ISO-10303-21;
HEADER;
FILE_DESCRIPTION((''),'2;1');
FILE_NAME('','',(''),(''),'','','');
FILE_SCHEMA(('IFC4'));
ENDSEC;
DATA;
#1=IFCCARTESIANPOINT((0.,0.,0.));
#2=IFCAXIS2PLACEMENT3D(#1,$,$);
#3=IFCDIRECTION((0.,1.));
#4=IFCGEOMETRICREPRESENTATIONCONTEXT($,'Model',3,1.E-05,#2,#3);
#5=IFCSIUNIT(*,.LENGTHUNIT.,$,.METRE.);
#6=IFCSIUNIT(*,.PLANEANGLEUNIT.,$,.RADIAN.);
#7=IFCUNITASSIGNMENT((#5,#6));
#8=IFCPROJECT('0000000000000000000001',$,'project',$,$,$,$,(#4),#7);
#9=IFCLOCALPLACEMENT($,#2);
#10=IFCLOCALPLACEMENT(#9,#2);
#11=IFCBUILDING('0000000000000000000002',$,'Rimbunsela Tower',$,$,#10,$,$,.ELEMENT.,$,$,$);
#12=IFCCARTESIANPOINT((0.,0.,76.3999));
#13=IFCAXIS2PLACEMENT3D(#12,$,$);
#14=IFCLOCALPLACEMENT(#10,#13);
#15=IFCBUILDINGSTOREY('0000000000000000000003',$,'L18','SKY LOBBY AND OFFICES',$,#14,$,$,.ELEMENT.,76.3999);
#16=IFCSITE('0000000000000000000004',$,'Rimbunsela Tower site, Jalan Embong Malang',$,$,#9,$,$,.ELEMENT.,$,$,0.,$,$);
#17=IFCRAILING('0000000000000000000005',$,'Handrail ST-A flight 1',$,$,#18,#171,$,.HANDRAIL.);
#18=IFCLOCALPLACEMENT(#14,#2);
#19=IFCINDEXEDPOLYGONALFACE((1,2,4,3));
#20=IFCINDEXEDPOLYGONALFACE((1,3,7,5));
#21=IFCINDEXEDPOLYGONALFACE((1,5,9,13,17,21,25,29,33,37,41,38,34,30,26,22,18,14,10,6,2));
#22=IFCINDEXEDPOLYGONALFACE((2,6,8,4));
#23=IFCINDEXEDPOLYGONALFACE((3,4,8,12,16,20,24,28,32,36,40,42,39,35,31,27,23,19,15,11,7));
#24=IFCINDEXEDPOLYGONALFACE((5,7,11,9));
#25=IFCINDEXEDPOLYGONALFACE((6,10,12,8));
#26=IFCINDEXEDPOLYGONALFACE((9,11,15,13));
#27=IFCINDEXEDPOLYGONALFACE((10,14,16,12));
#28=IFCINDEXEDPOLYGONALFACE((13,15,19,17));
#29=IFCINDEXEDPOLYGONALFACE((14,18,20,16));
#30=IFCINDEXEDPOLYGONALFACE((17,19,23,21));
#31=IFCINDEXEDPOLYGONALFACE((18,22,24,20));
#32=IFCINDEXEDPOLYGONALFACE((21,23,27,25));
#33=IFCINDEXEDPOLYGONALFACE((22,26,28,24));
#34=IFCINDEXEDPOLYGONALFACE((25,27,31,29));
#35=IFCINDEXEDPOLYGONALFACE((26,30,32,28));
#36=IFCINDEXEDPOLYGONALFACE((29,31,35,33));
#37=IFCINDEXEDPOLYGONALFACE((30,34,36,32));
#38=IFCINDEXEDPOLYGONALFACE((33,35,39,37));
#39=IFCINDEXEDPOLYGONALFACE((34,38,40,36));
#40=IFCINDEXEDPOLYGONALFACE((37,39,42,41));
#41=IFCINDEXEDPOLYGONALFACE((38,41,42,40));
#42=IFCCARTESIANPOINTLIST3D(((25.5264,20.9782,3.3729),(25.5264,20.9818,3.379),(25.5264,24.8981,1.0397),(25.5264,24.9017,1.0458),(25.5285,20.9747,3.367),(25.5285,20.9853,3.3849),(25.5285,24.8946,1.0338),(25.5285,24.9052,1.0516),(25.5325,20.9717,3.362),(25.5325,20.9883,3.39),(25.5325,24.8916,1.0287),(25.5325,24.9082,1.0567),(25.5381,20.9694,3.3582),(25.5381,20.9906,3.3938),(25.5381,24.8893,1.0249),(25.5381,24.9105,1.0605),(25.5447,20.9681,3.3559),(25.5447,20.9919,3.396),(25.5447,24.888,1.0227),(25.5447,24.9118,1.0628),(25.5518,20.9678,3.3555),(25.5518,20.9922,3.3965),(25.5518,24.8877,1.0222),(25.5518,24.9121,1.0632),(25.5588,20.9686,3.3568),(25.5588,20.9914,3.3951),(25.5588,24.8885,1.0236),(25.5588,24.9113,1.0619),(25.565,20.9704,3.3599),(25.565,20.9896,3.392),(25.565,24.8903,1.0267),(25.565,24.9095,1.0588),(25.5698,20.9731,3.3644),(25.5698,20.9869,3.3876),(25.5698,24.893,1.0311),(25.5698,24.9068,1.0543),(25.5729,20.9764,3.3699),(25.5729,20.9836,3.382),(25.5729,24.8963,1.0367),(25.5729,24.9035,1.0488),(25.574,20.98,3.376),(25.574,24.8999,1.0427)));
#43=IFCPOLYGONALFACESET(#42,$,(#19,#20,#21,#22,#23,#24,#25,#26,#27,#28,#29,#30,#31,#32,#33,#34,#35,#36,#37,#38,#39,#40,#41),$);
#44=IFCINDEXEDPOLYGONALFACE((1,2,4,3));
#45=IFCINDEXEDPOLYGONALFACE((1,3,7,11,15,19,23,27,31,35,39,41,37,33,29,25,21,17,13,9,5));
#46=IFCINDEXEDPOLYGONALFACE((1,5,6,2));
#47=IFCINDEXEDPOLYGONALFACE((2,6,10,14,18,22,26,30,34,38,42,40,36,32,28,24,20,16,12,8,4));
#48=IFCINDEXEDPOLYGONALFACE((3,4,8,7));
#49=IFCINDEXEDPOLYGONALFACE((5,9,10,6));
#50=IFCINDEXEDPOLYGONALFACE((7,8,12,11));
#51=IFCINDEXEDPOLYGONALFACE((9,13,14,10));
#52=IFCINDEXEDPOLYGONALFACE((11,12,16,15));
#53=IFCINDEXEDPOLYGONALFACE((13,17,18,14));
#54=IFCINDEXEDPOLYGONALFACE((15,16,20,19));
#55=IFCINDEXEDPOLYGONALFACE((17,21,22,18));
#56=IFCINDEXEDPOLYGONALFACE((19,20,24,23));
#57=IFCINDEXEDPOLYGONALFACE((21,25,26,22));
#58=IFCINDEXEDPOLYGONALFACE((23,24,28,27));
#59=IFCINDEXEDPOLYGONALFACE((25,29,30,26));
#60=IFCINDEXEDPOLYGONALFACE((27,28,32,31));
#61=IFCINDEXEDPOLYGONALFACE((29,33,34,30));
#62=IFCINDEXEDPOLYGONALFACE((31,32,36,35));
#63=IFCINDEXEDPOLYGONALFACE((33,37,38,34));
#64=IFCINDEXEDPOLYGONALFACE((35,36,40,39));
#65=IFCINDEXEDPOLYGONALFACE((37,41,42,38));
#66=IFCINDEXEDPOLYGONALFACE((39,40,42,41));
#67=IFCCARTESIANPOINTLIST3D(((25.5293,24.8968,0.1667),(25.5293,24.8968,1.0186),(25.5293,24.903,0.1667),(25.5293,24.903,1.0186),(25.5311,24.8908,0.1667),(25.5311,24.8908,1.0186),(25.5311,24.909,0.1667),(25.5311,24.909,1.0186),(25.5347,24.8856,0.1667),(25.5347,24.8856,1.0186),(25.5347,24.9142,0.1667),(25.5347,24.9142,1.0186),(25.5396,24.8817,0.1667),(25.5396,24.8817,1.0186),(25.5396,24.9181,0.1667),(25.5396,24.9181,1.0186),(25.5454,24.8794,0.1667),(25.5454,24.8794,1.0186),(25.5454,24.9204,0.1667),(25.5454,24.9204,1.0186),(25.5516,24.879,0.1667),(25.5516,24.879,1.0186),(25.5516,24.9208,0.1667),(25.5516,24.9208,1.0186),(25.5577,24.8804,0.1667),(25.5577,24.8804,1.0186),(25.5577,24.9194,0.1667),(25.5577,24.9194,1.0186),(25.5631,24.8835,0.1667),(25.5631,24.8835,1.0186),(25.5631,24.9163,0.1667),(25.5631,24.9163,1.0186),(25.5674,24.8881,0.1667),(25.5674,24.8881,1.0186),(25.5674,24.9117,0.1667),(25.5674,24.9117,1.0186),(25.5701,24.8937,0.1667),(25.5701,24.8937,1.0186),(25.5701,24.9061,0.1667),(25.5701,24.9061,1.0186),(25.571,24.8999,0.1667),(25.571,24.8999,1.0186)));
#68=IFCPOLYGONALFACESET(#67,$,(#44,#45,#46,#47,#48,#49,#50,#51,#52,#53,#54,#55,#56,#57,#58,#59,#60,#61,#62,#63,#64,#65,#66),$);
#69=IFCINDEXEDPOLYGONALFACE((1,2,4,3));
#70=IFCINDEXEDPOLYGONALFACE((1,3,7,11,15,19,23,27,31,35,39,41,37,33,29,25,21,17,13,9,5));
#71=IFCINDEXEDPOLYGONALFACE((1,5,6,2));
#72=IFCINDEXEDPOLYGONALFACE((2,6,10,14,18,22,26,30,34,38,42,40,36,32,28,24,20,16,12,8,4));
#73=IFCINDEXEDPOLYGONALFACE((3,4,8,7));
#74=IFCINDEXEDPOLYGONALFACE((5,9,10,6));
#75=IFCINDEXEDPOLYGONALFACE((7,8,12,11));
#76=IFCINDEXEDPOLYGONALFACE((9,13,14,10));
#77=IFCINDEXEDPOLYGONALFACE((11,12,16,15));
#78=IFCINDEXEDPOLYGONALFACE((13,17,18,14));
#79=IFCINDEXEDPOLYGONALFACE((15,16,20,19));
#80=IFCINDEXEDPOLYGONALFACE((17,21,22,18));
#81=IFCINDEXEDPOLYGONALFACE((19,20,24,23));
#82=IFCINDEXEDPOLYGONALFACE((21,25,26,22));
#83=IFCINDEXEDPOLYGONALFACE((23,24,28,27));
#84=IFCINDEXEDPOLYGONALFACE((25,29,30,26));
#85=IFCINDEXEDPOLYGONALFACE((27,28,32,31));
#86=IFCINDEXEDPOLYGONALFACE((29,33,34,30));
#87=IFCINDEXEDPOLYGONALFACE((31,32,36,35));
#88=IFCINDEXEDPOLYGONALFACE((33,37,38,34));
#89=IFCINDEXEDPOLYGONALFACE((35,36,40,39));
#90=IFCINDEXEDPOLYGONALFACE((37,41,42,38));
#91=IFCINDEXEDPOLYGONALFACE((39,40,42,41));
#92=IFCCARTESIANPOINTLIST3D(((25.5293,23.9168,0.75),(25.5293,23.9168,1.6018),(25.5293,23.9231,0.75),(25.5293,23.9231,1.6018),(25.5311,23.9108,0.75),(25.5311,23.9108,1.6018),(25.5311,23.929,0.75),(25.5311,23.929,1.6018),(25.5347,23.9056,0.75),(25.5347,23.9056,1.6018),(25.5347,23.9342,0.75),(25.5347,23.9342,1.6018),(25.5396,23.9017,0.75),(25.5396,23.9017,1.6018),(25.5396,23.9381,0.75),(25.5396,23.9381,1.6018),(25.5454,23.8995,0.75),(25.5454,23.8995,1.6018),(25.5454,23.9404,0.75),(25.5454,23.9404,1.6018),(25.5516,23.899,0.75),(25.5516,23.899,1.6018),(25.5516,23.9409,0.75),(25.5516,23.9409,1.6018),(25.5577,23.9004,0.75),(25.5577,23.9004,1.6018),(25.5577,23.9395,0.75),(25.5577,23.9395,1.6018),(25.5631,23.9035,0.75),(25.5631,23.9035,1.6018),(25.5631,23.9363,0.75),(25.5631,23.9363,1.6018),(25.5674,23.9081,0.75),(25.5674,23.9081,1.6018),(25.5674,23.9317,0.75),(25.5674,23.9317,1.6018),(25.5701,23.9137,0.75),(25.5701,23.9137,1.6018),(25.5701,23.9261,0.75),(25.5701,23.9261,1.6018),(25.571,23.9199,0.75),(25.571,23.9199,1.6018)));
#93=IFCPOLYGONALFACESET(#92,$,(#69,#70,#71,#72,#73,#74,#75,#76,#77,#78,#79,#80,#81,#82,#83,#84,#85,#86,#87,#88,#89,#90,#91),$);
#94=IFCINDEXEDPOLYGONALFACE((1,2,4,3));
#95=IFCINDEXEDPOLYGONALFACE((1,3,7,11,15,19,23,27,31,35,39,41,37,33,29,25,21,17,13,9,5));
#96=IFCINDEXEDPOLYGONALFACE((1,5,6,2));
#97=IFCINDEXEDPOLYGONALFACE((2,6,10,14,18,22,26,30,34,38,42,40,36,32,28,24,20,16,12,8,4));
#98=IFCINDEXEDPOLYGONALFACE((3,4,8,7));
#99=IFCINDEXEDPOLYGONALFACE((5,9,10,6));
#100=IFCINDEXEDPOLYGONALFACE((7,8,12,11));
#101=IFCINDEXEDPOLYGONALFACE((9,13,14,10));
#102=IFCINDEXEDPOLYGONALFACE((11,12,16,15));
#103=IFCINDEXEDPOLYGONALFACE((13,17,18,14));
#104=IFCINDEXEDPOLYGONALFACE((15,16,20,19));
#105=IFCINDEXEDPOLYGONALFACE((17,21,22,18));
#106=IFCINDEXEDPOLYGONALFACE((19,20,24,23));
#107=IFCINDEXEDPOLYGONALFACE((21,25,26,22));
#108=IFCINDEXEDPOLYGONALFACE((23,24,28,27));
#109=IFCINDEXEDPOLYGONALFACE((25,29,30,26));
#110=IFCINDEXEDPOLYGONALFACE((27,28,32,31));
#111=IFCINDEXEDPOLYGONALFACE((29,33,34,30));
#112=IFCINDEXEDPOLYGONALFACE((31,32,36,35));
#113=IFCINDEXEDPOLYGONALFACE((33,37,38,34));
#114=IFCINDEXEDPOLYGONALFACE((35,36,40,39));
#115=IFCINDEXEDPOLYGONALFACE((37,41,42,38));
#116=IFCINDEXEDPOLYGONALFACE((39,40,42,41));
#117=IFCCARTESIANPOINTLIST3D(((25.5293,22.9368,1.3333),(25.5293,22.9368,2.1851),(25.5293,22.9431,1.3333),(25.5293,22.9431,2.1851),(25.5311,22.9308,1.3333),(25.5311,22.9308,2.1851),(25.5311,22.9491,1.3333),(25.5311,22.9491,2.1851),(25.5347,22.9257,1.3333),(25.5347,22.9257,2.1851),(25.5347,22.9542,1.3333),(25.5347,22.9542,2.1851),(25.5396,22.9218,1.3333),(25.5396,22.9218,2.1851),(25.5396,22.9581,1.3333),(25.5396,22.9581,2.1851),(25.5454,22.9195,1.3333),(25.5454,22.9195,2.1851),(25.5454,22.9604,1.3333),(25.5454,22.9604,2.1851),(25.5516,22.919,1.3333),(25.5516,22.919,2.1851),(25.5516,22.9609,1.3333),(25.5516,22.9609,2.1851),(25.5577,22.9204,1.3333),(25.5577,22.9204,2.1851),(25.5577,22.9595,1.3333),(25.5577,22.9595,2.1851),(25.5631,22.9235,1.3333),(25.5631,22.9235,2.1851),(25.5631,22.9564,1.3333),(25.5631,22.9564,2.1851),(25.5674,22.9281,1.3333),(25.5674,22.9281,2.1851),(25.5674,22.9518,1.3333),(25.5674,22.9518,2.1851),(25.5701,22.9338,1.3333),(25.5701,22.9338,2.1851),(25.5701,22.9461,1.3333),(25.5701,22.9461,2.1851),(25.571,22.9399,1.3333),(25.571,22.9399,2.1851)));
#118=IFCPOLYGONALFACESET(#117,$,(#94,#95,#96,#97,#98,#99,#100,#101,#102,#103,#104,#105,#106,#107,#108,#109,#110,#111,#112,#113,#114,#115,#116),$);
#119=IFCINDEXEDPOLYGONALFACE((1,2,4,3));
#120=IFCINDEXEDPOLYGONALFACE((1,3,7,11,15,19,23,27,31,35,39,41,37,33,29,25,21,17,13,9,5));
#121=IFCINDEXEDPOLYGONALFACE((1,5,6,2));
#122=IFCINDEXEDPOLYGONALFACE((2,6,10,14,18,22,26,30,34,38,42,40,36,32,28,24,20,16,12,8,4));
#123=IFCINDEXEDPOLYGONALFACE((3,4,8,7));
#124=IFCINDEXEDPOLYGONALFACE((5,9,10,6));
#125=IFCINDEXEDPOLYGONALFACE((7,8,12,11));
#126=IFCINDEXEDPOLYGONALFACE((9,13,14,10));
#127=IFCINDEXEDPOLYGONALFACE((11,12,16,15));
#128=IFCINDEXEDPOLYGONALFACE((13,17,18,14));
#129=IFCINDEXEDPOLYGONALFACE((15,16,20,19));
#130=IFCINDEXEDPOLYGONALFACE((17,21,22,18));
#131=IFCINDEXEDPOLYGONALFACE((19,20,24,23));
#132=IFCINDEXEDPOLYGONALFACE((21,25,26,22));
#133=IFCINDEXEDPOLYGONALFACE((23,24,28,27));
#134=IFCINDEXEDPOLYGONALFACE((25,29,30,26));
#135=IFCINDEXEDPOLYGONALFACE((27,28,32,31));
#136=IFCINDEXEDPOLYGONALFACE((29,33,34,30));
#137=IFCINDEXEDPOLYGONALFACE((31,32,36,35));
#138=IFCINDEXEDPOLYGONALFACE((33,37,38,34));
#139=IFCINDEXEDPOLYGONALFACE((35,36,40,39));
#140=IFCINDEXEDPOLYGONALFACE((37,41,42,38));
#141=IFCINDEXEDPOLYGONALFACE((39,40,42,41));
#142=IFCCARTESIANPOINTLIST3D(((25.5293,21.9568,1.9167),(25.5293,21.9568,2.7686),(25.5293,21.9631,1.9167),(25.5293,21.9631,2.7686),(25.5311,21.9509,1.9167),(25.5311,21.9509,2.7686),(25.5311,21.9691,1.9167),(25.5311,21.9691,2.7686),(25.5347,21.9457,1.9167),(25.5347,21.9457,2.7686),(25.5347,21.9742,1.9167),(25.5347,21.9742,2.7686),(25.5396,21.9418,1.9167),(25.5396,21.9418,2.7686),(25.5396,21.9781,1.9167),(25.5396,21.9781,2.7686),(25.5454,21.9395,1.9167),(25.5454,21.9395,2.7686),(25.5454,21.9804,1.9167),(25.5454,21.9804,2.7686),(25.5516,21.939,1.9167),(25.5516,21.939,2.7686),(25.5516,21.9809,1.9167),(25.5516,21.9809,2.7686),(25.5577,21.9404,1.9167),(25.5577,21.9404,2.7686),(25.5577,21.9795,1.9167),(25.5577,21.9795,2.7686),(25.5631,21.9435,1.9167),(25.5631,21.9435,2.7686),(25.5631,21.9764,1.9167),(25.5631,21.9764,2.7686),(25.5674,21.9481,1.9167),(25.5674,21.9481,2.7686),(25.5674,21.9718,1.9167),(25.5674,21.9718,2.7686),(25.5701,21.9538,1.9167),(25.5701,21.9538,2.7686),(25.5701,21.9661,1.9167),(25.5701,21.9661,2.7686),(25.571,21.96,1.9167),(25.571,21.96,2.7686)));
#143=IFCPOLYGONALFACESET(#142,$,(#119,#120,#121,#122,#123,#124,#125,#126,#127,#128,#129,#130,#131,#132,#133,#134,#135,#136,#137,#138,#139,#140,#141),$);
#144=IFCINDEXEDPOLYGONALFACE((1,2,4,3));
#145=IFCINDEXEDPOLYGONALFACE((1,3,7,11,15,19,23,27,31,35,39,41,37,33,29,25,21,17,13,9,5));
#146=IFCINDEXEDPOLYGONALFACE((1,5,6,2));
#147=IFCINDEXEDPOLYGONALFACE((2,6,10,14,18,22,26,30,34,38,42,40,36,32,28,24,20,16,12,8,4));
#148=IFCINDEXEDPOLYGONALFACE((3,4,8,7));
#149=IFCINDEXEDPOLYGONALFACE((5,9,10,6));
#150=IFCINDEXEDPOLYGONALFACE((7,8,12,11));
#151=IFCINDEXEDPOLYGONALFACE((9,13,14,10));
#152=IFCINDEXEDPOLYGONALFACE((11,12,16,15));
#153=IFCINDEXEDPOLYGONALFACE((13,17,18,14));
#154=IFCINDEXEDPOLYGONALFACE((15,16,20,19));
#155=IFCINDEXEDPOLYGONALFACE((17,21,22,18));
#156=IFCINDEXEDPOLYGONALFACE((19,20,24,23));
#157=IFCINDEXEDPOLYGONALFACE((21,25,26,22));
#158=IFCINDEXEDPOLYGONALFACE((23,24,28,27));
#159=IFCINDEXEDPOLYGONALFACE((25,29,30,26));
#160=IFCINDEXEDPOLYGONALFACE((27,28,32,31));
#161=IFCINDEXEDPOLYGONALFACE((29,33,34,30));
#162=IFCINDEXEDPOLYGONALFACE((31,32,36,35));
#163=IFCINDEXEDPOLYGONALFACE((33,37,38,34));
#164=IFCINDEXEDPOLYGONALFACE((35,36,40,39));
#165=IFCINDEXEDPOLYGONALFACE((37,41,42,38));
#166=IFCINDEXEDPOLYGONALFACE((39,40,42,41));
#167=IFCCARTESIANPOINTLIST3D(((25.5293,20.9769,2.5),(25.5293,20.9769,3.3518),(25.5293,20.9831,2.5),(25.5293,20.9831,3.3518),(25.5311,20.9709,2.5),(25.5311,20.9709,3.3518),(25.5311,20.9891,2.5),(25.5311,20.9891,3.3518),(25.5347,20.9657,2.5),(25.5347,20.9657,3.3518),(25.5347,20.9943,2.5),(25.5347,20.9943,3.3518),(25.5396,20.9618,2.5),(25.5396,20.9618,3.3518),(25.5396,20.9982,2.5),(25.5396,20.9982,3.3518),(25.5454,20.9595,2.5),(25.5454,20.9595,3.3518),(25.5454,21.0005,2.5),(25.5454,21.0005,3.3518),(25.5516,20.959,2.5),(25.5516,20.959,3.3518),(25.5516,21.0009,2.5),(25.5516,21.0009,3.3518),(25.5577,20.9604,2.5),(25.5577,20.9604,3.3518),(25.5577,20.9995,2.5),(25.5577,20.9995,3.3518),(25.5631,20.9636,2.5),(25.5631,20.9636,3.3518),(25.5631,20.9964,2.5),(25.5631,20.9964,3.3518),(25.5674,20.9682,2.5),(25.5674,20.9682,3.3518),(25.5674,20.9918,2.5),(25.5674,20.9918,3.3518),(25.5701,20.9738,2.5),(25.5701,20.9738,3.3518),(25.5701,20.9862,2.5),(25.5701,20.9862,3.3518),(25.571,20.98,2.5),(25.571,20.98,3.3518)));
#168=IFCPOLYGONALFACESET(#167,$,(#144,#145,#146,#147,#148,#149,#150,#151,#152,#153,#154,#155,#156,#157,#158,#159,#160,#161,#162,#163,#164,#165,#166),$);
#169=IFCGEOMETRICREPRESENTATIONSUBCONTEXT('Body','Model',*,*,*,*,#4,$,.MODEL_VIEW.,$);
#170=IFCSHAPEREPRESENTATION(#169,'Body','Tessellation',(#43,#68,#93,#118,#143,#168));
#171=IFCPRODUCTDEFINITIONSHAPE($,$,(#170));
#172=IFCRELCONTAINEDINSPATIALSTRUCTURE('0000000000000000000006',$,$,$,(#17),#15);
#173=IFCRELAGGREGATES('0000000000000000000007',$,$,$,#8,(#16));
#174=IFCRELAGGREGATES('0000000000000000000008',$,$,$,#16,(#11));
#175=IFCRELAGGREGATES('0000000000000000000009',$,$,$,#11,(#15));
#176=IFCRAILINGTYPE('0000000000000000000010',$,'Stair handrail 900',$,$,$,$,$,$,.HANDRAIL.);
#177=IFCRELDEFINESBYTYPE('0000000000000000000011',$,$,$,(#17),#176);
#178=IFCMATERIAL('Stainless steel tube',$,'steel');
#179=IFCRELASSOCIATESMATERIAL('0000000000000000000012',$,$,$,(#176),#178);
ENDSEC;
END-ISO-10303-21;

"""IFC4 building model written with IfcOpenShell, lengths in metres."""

from ifc_helpers import new_model, si_unit, direction, frame, origin, origin_2d, place, context, subcontext, project, spatial, circle, extrude, material, type_object, element, save


model = new_model("IFC4")

# Units and contexts
model_context = context("Model", 3, precision=1e-05, world=origin(), true_north=direction((0.0, 1.0)))
body_context = subcontext(model_context, "Body", "Model", "MODEL_VIEW")
ifc_project = project(units=[si_unit("LENGTHUNIT", "METRE"), si_unit("PLANEANGLEUNIT", "RADIAN")], contexts=[model_context])

# Site, building, storey
site_placement = place(None, origin())
site = spatial("IfcSite", under=ifc_project, at=site_placement, Name="Rimbunsela Tower site, Jalan Embong Malang", CompositionType="ELEMENT", RefElevation=0.0)
building_placement = place(site_placement, origin())
building = spatial("IfcBuilding", under=site, at=building_placement, Name="Rimbunsela Tower", CompositionType="ELEMENT")
storey_placement = place(building_placement, frame((0.0, 0.0, 76.3999)))
storey = spatial("IfcBuildingStorey", under=building, at=storey_placement, Name="L18", Description="SKY LOBBY AND OFFICES", CompositionType="ELEMENT", Elevation=76.3999)

# Railing
ifc_material_1 = material(Name="Stainless steel tube", Category="steel")
railing_type = type_object("IfcRailingType", Name="Stair handrail 900", PredefinedType="HANDRAIL", material=ifc_material_1)
railing_1_placement = place(storey_placement, frame((25.55, 24.8999, 0.1667)))
element("IfcRailing", 1, at=railing_1_placement, inside=storey, type_object=railing_type, Name="Handrail ST-A flight 1", PredefinedType="HANDRAIL", context=body_context, shape_type="SweptSolid", body=[
    extrude(circle(Radius=0.0239, at=origin_2d()), frame((0.0, 0.0, 0.876), z_axis=(0.0, -0.859296, 0.511478), x_axis=(1.0, 0.0, 0.0)), (0.0, 0.0, 1.0), 4.5618),
    extrude(circle(Radius=0.021, at=origin_2d()), origin(), (0.0, 0.0, 1.0), 0.8518),
    extrude(circle(Radius=0.021, at=origin_2d()), frame((0.0, -0.98, 0.5833)), (0.0, 0.0, 1.0), 0.8518),
    extrude(circle(Radius=0.021, at=origin_2d()), frame((0.0, -1.96, 1.1665)), (0.0, 0.0, 1.0), 0.8518),
    extrude(circle(Radius=0.021, at=origin_2d()), frame((0.0, -2.9399, 1.75)), (0.0, 0.0, 1.0), 0.8518),
    extrude(circle(Radius=0.021, at=origin_2d()), frame((0.0, -3.9199, 2.3333)), (0.0, 0.0, 1.0), 0.8518),
])

save(model, "model.ifc")
